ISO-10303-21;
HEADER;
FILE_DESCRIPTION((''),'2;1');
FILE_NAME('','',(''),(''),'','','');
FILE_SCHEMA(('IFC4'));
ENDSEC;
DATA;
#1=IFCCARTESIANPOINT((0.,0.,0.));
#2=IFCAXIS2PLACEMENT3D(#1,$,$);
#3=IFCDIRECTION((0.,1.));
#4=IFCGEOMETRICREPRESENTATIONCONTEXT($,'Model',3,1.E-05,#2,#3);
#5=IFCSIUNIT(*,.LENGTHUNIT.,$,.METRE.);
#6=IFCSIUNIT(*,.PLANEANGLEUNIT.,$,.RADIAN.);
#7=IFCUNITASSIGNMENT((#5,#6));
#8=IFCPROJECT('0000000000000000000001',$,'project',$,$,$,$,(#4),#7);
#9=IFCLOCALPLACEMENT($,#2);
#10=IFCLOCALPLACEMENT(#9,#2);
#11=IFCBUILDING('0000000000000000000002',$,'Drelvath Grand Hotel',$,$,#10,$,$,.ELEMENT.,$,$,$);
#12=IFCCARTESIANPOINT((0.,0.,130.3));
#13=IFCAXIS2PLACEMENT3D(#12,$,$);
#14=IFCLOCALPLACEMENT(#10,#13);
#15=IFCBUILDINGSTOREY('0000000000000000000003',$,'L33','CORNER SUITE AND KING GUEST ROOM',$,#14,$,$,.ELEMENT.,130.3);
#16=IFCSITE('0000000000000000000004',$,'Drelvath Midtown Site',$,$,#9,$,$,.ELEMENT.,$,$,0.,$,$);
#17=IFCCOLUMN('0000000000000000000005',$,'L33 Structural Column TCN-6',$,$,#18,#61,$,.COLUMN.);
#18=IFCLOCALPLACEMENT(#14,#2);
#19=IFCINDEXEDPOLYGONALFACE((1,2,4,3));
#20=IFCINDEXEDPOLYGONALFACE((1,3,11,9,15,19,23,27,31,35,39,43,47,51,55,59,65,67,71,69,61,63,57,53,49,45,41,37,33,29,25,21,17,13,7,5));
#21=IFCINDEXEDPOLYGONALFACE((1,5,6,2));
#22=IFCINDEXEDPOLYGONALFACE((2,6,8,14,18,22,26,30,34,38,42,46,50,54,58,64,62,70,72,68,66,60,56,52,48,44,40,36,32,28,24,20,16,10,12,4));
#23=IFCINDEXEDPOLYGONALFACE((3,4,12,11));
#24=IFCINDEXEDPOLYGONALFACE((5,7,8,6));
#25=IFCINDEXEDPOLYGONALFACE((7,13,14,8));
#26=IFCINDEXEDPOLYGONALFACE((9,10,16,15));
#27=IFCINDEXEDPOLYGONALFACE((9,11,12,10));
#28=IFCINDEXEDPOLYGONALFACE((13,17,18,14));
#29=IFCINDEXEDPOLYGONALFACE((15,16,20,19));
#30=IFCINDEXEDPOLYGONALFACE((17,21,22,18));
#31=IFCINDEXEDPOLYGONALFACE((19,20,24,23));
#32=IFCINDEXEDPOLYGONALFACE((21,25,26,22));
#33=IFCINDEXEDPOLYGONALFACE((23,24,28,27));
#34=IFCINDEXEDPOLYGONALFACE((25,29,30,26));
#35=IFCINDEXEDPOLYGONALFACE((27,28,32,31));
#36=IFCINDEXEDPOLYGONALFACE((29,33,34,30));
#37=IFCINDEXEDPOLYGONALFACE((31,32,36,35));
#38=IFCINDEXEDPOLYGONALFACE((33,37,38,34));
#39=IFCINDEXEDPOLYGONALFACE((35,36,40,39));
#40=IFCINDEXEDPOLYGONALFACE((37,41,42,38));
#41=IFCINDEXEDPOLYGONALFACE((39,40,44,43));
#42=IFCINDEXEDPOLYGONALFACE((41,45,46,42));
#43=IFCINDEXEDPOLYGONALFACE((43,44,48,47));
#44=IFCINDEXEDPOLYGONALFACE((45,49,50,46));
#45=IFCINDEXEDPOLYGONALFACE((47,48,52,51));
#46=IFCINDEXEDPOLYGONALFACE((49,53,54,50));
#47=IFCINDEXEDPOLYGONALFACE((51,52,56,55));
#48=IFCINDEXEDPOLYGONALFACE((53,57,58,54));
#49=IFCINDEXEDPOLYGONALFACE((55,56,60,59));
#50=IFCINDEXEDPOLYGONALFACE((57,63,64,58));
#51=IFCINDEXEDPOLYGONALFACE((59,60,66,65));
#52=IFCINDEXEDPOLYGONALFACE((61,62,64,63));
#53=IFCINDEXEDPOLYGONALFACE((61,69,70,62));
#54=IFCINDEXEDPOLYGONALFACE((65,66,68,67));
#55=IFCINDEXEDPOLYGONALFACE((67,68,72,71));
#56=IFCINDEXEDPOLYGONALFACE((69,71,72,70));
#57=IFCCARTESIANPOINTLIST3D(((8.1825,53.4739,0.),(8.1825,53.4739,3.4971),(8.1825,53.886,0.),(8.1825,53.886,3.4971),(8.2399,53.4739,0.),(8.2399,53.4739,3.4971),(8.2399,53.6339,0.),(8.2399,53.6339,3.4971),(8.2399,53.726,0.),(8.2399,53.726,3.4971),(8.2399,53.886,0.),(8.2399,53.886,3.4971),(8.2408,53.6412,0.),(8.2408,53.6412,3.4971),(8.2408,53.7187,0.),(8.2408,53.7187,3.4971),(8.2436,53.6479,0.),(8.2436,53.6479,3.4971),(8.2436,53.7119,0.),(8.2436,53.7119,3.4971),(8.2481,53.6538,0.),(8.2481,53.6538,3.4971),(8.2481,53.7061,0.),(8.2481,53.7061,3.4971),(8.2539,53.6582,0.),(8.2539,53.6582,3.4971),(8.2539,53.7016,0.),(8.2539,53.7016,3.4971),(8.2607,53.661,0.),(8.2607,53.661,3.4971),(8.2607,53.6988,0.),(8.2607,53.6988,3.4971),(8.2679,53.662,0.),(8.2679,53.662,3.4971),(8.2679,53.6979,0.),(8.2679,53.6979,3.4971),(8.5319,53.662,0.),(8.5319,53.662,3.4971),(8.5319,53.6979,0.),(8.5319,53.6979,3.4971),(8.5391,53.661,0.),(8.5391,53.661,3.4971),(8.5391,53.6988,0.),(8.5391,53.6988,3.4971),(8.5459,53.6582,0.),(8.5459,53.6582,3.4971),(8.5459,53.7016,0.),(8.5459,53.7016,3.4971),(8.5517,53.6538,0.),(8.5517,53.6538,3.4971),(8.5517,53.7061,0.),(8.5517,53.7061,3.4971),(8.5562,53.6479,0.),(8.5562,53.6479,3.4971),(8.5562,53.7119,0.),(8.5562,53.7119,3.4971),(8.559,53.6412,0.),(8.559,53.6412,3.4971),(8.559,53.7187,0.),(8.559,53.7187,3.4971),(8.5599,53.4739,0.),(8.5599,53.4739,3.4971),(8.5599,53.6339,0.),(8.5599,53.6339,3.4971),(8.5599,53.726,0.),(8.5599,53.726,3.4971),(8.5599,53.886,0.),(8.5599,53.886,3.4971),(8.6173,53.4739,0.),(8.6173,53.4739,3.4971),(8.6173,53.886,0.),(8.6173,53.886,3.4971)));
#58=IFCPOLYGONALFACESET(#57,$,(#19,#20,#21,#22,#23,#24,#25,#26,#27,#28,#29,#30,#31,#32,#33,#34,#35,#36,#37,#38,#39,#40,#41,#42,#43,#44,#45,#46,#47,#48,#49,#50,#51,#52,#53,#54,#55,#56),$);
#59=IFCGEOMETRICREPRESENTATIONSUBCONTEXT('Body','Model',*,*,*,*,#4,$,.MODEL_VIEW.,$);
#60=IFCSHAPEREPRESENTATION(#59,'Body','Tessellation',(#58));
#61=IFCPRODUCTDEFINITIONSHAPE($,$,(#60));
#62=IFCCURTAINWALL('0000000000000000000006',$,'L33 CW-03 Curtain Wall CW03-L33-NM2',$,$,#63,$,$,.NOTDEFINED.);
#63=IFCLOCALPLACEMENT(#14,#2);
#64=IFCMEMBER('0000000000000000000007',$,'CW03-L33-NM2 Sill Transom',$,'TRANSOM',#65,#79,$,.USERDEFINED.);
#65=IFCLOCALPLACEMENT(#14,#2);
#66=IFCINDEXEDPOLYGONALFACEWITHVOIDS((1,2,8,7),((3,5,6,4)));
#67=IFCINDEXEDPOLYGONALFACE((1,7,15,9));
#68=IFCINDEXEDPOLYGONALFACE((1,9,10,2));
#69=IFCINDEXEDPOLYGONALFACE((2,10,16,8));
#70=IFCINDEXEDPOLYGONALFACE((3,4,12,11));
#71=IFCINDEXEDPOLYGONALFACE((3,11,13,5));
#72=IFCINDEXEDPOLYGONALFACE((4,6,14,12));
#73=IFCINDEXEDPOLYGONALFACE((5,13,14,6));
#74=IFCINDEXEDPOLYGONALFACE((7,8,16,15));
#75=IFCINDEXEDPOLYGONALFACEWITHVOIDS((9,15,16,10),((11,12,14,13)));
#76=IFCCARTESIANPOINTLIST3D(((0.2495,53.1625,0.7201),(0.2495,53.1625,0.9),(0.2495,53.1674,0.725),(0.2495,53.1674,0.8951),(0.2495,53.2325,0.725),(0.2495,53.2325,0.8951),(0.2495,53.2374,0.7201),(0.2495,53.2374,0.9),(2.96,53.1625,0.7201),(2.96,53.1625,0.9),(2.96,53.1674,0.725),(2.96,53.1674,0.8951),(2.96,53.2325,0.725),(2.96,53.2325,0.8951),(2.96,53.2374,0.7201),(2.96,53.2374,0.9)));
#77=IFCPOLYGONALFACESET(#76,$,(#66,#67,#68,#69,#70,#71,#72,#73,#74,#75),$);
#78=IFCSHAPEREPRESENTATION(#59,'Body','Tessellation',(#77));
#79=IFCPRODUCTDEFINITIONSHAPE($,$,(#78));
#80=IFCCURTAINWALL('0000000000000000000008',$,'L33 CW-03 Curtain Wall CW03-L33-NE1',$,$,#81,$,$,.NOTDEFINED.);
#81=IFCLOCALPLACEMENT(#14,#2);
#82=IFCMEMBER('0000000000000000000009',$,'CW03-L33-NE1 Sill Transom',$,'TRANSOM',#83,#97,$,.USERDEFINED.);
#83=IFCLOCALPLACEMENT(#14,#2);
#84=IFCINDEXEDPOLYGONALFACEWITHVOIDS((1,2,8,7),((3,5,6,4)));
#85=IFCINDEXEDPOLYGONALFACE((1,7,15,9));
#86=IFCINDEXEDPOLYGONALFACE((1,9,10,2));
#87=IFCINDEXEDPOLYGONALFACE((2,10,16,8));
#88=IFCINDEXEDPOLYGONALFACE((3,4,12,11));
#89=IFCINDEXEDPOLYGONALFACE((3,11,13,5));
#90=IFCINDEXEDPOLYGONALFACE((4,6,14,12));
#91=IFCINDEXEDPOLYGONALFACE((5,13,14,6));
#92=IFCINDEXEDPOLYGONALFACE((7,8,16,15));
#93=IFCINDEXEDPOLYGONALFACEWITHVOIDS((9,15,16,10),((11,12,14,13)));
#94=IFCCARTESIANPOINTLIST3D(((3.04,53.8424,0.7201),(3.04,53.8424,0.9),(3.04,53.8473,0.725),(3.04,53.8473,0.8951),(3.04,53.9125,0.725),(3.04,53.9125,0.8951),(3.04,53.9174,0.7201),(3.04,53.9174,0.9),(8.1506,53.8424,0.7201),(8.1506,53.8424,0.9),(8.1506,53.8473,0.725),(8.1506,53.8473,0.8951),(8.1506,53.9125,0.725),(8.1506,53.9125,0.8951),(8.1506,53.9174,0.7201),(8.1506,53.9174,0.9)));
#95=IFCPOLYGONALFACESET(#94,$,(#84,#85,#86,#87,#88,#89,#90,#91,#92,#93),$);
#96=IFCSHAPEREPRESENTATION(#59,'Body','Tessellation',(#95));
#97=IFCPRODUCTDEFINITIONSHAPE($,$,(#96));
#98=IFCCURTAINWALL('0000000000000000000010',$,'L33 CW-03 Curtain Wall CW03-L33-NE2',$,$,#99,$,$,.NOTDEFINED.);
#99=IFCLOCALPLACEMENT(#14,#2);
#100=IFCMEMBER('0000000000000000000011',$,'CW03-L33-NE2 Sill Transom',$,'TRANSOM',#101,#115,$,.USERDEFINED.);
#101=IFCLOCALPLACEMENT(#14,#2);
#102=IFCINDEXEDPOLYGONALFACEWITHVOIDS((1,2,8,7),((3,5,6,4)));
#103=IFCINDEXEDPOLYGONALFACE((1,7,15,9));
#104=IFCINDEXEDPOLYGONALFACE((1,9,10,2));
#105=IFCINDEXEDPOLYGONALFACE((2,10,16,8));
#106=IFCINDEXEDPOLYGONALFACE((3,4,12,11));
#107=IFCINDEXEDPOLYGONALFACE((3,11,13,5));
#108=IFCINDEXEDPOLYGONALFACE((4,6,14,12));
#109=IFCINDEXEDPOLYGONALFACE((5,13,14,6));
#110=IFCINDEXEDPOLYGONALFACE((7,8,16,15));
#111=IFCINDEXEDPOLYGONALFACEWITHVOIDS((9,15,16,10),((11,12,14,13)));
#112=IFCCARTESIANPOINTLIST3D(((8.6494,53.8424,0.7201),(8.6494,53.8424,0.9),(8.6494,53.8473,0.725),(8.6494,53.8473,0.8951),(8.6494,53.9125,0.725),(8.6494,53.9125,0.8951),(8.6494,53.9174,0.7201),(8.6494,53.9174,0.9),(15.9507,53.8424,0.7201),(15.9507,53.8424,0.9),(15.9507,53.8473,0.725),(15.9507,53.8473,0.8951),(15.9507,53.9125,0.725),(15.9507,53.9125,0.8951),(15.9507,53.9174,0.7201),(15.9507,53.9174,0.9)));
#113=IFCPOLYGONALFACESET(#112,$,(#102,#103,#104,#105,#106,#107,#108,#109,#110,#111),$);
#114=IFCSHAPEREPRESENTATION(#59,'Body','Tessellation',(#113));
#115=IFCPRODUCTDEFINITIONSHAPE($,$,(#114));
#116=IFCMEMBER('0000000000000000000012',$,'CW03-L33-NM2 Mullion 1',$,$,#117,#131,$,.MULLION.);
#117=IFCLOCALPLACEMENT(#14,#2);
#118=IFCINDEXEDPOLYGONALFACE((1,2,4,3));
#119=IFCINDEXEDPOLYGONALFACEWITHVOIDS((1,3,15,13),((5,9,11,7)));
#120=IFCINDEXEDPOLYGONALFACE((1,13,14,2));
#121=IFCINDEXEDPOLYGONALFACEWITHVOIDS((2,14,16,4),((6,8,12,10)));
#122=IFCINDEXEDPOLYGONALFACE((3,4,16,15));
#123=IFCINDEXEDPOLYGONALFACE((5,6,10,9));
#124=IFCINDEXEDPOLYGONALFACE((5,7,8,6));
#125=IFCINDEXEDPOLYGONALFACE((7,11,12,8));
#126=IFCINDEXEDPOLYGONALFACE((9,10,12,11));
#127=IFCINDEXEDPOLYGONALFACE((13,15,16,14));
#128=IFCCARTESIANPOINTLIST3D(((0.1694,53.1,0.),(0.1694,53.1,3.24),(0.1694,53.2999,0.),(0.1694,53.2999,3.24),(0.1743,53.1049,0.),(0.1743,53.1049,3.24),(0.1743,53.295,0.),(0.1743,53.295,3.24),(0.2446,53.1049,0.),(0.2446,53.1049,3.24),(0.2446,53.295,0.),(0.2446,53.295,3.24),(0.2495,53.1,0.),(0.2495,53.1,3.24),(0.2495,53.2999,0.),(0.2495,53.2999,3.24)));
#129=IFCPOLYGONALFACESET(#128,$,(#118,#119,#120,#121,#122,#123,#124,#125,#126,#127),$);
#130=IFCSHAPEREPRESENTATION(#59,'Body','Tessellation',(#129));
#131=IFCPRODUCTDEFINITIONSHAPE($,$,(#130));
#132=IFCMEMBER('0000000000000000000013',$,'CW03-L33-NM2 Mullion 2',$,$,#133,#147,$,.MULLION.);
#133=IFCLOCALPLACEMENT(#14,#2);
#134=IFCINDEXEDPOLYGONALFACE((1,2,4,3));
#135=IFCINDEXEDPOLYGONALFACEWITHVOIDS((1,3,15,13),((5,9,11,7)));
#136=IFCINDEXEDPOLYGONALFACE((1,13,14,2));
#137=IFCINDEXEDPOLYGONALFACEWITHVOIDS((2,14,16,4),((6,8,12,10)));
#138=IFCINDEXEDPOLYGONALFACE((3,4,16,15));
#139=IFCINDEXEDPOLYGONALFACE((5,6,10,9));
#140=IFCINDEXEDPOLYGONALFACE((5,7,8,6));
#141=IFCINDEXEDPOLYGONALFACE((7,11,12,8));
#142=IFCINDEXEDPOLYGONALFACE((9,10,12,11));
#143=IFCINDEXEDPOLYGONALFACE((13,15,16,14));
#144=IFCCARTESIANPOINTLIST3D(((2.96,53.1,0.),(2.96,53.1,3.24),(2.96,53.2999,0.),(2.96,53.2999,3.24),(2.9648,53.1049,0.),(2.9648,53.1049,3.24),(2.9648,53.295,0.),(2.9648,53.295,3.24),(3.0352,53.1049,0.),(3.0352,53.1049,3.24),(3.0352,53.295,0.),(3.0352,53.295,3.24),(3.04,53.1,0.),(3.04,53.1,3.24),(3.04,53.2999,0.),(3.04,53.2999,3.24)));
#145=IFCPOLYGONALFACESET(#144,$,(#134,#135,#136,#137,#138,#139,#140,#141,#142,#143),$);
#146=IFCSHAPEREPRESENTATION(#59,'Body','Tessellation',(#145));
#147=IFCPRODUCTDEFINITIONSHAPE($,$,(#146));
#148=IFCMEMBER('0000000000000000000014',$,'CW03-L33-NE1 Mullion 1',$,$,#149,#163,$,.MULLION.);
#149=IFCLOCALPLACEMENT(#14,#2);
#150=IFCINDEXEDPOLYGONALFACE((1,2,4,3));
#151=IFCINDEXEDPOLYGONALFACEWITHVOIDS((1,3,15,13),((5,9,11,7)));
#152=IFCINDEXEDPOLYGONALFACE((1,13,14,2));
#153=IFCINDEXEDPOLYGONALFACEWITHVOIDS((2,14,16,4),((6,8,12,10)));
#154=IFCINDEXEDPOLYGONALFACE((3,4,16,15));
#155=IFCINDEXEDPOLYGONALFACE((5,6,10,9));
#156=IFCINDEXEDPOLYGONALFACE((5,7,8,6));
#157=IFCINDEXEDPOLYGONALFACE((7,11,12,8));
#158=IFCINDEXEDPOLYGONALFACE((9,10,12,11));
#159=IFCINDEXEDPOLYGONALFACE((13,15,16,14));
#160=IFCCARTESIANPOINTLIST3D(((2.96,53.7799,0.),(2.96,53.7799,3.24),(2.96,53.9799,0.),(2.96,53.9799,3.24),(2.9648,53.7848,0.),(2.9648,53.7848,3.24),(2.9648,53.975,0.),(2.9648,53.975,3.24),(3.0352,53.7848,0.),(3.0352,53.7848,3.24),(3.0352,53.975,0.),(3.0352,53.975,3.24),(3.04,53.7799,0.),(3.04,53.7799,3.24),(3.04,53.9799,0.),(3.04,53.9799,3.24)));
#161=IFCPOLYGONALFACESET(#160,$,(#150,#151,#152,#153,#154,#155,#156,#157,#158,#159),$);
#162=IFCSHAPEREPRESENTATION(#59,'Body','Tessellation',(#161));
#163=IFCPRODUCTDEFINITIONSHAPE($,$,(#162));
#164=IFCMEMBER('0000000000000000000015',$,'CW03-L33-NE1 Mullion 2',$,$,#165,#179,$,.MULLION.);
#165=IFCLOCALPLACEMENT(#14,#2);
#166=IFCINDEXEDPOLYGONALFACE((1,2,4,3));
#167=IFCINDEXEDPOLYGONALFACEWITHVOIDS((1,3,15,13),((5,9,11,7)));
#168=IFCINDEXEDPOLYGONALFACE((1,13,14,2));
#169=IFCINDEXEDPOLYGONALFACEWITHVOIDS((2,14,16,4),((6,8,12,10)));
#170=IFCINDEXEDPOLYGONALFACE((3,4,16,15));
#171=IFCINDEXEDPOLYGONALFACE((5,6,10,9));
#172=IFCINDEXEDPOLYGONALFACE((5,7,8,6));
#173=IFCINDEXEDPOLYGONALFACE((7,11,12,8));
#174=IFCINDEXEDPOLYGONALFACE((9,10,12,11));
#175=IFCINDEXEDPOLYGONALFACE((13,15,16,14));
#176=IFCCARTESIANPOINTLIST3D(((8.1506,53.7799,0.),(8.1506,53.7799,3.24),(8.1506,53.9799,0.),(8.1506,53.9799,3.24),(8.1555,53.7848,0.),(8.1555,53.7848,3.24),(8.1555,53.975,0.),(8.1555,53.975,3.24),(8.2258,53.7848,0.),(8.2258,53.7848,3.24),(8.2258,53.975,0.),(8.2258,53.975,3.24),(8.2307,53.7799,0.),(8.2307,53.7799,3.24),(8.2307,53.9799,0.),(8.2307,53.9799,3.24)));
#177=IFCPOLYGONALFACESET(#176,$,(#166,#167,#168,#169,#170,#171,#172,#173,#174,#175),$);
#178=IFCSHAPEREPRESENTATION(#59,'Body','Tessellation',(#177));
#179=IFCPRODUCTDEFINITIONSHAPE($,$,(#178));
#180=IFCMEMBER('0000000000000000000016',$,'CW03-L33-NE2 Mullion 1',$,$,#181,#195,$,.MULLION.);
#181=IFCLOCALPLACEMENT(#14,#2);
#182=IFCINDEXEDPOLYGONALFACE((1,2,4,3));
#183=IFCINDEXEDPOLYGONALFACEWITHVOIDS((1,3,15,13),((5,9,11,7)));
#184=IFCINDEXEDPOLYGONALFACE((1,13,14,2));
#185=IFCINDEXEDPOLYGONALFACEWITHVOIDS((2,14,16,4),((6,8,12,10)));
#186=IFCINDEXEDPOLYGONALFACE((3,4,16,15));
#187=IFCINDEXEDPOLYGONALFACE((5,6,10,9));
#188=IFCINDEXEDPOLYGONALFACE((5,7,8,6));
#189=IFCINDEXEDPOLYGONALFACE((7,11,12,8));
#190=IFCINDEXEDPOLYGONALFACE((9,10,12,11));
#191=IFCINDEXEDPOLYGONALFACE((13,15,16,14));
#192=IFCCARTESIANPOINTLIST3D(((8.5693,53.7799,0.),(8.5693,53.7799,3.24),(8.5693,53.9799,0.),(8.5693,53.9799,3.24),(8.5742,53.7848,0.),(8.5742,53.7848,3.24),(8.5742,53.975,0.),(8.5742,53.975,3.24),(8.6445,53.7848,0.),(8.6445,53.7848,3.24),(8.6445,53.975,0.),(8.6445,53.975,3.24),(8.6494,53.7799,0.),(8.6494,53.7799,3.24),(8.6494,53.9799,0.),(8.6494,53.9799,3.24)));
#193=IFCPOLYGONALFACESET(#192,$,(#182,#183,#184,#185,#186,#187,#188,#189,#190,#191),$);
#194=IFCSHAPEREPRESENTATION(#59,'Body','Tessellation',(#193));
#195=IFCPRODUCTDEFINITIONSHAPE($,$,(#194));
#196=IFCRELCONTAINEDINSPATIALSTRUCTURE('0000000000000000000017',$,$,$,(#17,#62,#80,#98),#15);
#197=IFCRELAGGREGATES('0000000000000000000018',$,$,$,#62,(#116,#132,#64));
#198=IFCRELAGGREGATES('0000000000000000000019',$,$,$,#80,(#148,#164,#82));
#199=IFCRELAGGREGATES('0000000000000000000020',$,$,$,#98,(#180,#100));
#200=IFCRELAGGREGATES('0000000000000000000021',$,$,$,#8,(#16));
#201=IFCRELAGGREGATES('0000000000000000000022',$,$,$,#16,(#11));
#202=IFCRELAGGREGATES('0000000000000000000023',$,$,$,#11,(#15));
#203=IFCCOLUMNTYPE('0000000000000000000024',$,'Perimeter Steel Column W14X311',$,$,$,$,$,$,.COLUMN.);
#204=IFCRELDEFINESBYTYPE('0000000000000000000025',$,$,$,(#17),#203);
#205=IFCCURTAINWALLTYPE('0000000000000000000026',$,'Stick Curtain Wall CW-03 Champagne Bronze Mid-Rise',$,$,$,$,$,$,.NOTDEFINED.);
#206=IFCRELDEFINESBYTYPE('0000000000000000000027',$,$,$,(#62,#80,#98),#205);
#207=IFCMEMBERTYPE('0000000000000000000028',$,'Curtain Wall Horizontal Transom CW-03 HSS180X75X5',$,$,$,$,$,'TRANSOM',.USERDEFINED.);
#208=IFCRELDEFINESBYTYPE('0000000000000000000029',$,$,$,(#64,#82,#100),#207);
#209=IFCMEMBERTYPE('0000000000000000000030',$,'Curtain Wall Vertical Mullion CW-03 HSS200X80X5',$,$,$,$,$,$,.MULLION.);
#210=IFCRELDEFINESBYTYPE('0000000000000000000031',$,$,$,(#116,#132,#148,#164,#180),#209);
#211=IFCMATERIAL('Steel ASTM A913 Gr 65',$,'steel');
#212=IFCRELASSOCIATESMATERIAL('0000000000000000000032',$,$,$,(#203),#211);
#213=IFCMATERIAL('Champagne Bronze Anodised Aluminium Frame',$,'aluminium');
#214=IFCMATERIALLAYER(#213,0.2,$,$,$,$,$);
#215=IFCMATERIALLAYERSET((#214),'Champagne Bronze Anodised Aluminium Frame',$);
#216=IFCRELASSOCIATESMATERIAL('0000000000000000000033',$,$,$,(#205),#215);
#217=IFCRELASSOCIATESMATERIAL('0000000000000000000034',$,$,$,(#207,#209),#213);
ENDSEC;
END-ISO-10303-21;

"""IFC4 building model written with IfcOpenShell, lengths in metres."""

from ifc_helpers import new_model, si_unit, direction, frame, origin, origin_2d, place, context, subcontext, project, spatial, hollow_rectangle, i_section, extrude, material, layer, layer_set, material_profile, profile_set, type_object, element, aggregate, save


model = new_model("IFC4")

# Units and contexts
model_context = context("Model", 3, precision=1e-05, world=origin(), true_north=direction((0.0, 1.0)))
body_context = subcontext(model_context, "Body", "Model", "MODEL_VIEW")
ifc_project = project(units=[si_unit("LENGTHUNIT", "METRE"), si_unit("PLANEANGLEUNIT", "RADIAN")], contexts=[model_context])

# Site, building, storey
site_placement = place(None, origin())
site = spatial("IfcSite", under=ifc_project, at=site_placement, Name="Drelvath Midtown Site", CompositionType="ELEMENT", RefElevation=0.0)
building_placement = place(site_placement, origin())
building = spatial("IfcBuilding", under=site, at=building_placement, Name="Drelvath Grand Hotel", CompositionType="ELEMENT")
storey_placement = place(building_placement, frame((0.0, 0.0, 130.3)))
storey = spatial("IfcBuildingStorey", under=building, at=storey_placement, Name="L33", Description="CORNER SUITE AND KING GUEST ROOM", CompositionType="ELEMENT", Elevation=130.3)

# Column
ifc_material_1 = material(Name="Steel ASTM A913 Gr 65", Category="steel")
ifc_material_profile_1 = material_profile(ifc_material_1, i_section(OverallWidth=0.4121, OverallDepth=0.4348, WebThickness=0.0359, FlangeThickness=0.0574, FilletRadius=0.0281, at=origin_2d()), Name="W14X311")
ifc_profile_set_1 = profile_set([ifc_material_profile_1], Name="Steel ASTM A913 Gr 65")
column_type = type_object("IfcColumnType", Name="Perimeter Steel Column W14X311", PredefinedType="COLUMN", material=ifc_profile_set_1)
column_placement = place(storey_placement, frame((8.3999, 53.6799, 0.0), z_axis=(0.0, 0.0, 1.0), x_axis=(0.0, 1.0, 0.0)))
element("IfcColumn", 1, at=column_placement, inside=storey, type_object=column_type, Name="L33 Structural Column TCN-6", PredefinedType="COLUMN", context=body_context, shape_type="SweptSolid", body=[
    extrude(i_section(OverallWidth=0.4121, OverallDepth=0.4348, WebThickness=0.0359, FlangeThickness=0.0574, FilletRadius=0.0281, at=origin_2d()), origin(), (0.0, 0.0, 1.0), 3.4971),
])

# Curtain walls, members
ifc_material_2 = material(Name="Champagne Bronze Anodised Aluminium Frame", Category="aluminium")
ifc_layer_1 = layer(ifc_material_2, 0.2)
ifc_layer_set_1 = layer_set([ifc_layer_1], Name="Champagne Bronze Anodised Aluminium Frame")
curtain_wall_type = type_object("IfcCurtainWallType", Name="Stick Curtain Wall CW-03 Champagne Bronze Mid-Rise", PredefinedType="NOTDEFINED", material=ifc_layer_set_1)
curtain_wall_1_placement = place(storey_placement, origin())
curtain_wall_1 = element("IfcCurtainWall", 2, at=curtain_wall_1_placement, inside=storey, type_object=curtain_wall_type, Name="L33 CW-03 Curtain Wall CW03-L33-NM2", PredefinedType="NOTDEFINED")
ifc_material_profile_2 = material_profile(ifc_material_2, hollow_rectangle(XDim=0.075, YDim=0.1799, WallThickness=0.0049, at=origin_2d()), Name="HSS180X75X5")
ifc_profile_set_2 = profile_set([ifc_material_profile_2], Name="Champagne Bronze Anodised Aluminium Frame")
member_type_1 = type_object("IfcMemberType", Name="Curtain Wall Horizontal Transom CW-03 HSS180X75X5", ElementType="TRANSOM", PredefinedType="USERDEFINED", material=ifc_profile_set_2)
member_1_placement = place(storey_placement, frame((0.2495, 53.2, 0.8101), z_axis=(1.0, 0.0, 0.0), x_axis=(0.0, 1.0, 0.0)))
member_1 = element("IfcMember", 3, at=member_1_placement, type_object=member_type_1, Name="CW03-L33-NM2 Sill Transom", ObjectType="TRANSOM", PredefinedType="USERDEFINED", context=body_context, shape_type="SweptSolid", body=[
    extrude(hollow_rectangle(XDim=0.075, YDim=0.1799, WallThickness=0.0049, at=origin_2d()), origin(), (0.0, 0.0, 1.0), 2.7104),
])
curtain_wall_2_placement = place(storey_placement, origin())
curtain_wall_2 = element("IfcCurtainWall", 4, at=curtain_wall_2_placement, inside=storey, type_object=curtain_wall_type, Name="L33 CW-03 Curtain Wall CW03-L33-NE1", PredefinedType="NOTDEFINED")
member_2_placement = place(storey_placement, frame((3.04, 53.8799, 0.8101), z_axis=(1.0, 0.0, 0.0), x_axis=(0.0, 1.0, 0.0)))
member_2 = element("IfcMember", 5, at=member_2_placement, type_object=member_type_1, Name="CW03-L33-NE1 Sill Transom", ObjectType="TRANSOM", PredefinedType="USERDEFINED", context=body_context, shape_type="SweptSolid", body=[
    extrude(hollow_rectangle(XDim=0.075, YDim=0.1799, WallThickness=0.0049, at=origin_2d()), origin(), (0.0, 0.0, 1.0), 5.1106),
])
curtain_wall_3_placement = place(storey_placement, origin())
curtain_wall_3 = element("IfcCurtainWall", 6, at=curtain_wall_3_placement, inside=storey, type_object=curtain_wall_type, Name="L33 CW-03 Curtain Wall CW03-L33-NE2", PredefinedType="NOTDEFINED")
member_3_placement = place(storey_placement, frame((8.6494, 53.8799, 0.8101), z_axis=(1.0, 0.0, 0.0), x_axis=(0.0, 1.0, 0.0)))
member_3 = element("IfcMember", 7, at=member_3_placement, type_object=member_type_1, Name="CW03-L33-NE2 Sill Transom", ObjectType="TRANSOM", PredefinedType="USERDEFINED", context=body_context, shape_type="SweptSolid", body=[
    extrude(hollow_rectangle(XDim=0.075, YDim=0.1799, WallThickness=0.0049, at=origin_2d()), origin(), (0.0, 0.0, 1.0), 7.3013),
])

# Members
ifc_material_profile_3 = material_profile(ifc_material_2, hollow_rectangle(XDim=0.0801, YDim=0.2, WallThickness=0.0049, at=origin_2d()), Name="HSS200X80X5")
ifc_profile_set_3 = profile_set([ifc_material_profile_3], Name="Champagne Bronze Anodised Aluminium Frame")
member_type_2 = type_object("IfcMemberType", Name="Curtain Wall Vertical Mullion CW-03 HSS200X80X5", PredefinedType="MULLION", material=ifc_profile_set_3)
member_4_placement = place(storey_placement, frame((0.2095, 53.2, 0.0), z_axis=(0.0, 0.0, 1.0), x_axis=(1.0, 0.0, 0.0)))
member_4 = element("IfcMember", 8, at=member_4_placement, type_object=member_type_2, Name="CW03-L33-NM2 Mullion 1", PredefinedType="MULLION", context=body_context, shape_type="SweptSolid", body=[
    extrude(hollow_rectangle(XDim=0.0801, YDim=0.2, WallThickness=0.0049, at=origin_2d()), origin(), (0.0, 0.0, 1.0), 3.24),
])
member_5_placement = place(storey_placement, frame((3.0, 53.2, 0.0), z_axis=(0.0, 0.0, 1.0), x_axis=(1.0, 0.0, 0.0)))
member_5 = element("IfcMember", 9, at=member_5_placement, type_object=member_type_2, Name="CW03-L33-NM2 Mullion 2", PredefinedType="MULLION", context=body_context, shape_type="SweptSolid", body=[
    extrude(hollow_rectangle(XDim=0.0801, YDim=0.2, WallThickness=0.0049, at=origin_2d()), origin(), (0.0, 0.0, 1.0), 3.24),
])
member_6_placement = place(storey_placement, frame((3.0, 53.8799, 0.0), z_axis=(0.0, 0.0, 1.0), x_axis=(1.0, 0.0, 0.0)))
member_6 = element("IfcMember", 10, at=member_6_placement, type_object=member_type_2, Name="CW03-L33-NE1 Mullion 1", PredefinedType="MULLION", context=body_context, shape_type="SweptSolid", body=[
    extrude(hollow_rectangle(XDim=0.0801, YDim=0.2, WallThickness=0.0049, at=origin_2d()), origin(), (0.0, 0.0, 1.0), 3.24),
])
member_7_placement = place(storey_placement, frame((8.1907, 53.8799, 0.0), z_axis=(0.0, 0.0, 1.0), x_axis=(1.0, 0.0, 0.0)))
member_7 = element("IfcMember", 11, at=member_7_placement, type_object=member_type_2, Name="CW03-L33-NE1 Mullion 2", PredefinedType="MULLION", context=body_context, shape_type="SweptSolid", body=[
    extrude(hollow_rectangle(XDim=0.0801, YDim=0.2, WallThickness=0.0049, at=origin_2d()), origin(), (0.0, 0.0, 1.0), 3.24),
])
member_8_placement = place(storey_placement, frame((8.6094, 53.8799, 0.0), z_axis=(0.0, 0.0, 1.0), x_axis=(1.0, 0.0, 0.0)))
member_8 = element("IfcMember", 12, at=member_8_placement, type_object=member_type_2, Name="CW03-L33-NE2 Mullion 1", PredefinedType="MULLION", context=body_context, shape_type="SweptSolid", body=[
    extrude(hollow_rectangle(XDim=0.0801, YDim=0.2, WallThickness=0.0049, at=origin_2d()), origin(), (0.0, 0.0, 1.0), 3.24),
])

aggregate(curtain_wall_1, [member_4, member_5, member_1])
aggregate(curtain_wall_2, [member_6, member_7, member_2])
aggregate(curtain_wall_3, [member_8, member_3])

save(model, "model.ifc")
